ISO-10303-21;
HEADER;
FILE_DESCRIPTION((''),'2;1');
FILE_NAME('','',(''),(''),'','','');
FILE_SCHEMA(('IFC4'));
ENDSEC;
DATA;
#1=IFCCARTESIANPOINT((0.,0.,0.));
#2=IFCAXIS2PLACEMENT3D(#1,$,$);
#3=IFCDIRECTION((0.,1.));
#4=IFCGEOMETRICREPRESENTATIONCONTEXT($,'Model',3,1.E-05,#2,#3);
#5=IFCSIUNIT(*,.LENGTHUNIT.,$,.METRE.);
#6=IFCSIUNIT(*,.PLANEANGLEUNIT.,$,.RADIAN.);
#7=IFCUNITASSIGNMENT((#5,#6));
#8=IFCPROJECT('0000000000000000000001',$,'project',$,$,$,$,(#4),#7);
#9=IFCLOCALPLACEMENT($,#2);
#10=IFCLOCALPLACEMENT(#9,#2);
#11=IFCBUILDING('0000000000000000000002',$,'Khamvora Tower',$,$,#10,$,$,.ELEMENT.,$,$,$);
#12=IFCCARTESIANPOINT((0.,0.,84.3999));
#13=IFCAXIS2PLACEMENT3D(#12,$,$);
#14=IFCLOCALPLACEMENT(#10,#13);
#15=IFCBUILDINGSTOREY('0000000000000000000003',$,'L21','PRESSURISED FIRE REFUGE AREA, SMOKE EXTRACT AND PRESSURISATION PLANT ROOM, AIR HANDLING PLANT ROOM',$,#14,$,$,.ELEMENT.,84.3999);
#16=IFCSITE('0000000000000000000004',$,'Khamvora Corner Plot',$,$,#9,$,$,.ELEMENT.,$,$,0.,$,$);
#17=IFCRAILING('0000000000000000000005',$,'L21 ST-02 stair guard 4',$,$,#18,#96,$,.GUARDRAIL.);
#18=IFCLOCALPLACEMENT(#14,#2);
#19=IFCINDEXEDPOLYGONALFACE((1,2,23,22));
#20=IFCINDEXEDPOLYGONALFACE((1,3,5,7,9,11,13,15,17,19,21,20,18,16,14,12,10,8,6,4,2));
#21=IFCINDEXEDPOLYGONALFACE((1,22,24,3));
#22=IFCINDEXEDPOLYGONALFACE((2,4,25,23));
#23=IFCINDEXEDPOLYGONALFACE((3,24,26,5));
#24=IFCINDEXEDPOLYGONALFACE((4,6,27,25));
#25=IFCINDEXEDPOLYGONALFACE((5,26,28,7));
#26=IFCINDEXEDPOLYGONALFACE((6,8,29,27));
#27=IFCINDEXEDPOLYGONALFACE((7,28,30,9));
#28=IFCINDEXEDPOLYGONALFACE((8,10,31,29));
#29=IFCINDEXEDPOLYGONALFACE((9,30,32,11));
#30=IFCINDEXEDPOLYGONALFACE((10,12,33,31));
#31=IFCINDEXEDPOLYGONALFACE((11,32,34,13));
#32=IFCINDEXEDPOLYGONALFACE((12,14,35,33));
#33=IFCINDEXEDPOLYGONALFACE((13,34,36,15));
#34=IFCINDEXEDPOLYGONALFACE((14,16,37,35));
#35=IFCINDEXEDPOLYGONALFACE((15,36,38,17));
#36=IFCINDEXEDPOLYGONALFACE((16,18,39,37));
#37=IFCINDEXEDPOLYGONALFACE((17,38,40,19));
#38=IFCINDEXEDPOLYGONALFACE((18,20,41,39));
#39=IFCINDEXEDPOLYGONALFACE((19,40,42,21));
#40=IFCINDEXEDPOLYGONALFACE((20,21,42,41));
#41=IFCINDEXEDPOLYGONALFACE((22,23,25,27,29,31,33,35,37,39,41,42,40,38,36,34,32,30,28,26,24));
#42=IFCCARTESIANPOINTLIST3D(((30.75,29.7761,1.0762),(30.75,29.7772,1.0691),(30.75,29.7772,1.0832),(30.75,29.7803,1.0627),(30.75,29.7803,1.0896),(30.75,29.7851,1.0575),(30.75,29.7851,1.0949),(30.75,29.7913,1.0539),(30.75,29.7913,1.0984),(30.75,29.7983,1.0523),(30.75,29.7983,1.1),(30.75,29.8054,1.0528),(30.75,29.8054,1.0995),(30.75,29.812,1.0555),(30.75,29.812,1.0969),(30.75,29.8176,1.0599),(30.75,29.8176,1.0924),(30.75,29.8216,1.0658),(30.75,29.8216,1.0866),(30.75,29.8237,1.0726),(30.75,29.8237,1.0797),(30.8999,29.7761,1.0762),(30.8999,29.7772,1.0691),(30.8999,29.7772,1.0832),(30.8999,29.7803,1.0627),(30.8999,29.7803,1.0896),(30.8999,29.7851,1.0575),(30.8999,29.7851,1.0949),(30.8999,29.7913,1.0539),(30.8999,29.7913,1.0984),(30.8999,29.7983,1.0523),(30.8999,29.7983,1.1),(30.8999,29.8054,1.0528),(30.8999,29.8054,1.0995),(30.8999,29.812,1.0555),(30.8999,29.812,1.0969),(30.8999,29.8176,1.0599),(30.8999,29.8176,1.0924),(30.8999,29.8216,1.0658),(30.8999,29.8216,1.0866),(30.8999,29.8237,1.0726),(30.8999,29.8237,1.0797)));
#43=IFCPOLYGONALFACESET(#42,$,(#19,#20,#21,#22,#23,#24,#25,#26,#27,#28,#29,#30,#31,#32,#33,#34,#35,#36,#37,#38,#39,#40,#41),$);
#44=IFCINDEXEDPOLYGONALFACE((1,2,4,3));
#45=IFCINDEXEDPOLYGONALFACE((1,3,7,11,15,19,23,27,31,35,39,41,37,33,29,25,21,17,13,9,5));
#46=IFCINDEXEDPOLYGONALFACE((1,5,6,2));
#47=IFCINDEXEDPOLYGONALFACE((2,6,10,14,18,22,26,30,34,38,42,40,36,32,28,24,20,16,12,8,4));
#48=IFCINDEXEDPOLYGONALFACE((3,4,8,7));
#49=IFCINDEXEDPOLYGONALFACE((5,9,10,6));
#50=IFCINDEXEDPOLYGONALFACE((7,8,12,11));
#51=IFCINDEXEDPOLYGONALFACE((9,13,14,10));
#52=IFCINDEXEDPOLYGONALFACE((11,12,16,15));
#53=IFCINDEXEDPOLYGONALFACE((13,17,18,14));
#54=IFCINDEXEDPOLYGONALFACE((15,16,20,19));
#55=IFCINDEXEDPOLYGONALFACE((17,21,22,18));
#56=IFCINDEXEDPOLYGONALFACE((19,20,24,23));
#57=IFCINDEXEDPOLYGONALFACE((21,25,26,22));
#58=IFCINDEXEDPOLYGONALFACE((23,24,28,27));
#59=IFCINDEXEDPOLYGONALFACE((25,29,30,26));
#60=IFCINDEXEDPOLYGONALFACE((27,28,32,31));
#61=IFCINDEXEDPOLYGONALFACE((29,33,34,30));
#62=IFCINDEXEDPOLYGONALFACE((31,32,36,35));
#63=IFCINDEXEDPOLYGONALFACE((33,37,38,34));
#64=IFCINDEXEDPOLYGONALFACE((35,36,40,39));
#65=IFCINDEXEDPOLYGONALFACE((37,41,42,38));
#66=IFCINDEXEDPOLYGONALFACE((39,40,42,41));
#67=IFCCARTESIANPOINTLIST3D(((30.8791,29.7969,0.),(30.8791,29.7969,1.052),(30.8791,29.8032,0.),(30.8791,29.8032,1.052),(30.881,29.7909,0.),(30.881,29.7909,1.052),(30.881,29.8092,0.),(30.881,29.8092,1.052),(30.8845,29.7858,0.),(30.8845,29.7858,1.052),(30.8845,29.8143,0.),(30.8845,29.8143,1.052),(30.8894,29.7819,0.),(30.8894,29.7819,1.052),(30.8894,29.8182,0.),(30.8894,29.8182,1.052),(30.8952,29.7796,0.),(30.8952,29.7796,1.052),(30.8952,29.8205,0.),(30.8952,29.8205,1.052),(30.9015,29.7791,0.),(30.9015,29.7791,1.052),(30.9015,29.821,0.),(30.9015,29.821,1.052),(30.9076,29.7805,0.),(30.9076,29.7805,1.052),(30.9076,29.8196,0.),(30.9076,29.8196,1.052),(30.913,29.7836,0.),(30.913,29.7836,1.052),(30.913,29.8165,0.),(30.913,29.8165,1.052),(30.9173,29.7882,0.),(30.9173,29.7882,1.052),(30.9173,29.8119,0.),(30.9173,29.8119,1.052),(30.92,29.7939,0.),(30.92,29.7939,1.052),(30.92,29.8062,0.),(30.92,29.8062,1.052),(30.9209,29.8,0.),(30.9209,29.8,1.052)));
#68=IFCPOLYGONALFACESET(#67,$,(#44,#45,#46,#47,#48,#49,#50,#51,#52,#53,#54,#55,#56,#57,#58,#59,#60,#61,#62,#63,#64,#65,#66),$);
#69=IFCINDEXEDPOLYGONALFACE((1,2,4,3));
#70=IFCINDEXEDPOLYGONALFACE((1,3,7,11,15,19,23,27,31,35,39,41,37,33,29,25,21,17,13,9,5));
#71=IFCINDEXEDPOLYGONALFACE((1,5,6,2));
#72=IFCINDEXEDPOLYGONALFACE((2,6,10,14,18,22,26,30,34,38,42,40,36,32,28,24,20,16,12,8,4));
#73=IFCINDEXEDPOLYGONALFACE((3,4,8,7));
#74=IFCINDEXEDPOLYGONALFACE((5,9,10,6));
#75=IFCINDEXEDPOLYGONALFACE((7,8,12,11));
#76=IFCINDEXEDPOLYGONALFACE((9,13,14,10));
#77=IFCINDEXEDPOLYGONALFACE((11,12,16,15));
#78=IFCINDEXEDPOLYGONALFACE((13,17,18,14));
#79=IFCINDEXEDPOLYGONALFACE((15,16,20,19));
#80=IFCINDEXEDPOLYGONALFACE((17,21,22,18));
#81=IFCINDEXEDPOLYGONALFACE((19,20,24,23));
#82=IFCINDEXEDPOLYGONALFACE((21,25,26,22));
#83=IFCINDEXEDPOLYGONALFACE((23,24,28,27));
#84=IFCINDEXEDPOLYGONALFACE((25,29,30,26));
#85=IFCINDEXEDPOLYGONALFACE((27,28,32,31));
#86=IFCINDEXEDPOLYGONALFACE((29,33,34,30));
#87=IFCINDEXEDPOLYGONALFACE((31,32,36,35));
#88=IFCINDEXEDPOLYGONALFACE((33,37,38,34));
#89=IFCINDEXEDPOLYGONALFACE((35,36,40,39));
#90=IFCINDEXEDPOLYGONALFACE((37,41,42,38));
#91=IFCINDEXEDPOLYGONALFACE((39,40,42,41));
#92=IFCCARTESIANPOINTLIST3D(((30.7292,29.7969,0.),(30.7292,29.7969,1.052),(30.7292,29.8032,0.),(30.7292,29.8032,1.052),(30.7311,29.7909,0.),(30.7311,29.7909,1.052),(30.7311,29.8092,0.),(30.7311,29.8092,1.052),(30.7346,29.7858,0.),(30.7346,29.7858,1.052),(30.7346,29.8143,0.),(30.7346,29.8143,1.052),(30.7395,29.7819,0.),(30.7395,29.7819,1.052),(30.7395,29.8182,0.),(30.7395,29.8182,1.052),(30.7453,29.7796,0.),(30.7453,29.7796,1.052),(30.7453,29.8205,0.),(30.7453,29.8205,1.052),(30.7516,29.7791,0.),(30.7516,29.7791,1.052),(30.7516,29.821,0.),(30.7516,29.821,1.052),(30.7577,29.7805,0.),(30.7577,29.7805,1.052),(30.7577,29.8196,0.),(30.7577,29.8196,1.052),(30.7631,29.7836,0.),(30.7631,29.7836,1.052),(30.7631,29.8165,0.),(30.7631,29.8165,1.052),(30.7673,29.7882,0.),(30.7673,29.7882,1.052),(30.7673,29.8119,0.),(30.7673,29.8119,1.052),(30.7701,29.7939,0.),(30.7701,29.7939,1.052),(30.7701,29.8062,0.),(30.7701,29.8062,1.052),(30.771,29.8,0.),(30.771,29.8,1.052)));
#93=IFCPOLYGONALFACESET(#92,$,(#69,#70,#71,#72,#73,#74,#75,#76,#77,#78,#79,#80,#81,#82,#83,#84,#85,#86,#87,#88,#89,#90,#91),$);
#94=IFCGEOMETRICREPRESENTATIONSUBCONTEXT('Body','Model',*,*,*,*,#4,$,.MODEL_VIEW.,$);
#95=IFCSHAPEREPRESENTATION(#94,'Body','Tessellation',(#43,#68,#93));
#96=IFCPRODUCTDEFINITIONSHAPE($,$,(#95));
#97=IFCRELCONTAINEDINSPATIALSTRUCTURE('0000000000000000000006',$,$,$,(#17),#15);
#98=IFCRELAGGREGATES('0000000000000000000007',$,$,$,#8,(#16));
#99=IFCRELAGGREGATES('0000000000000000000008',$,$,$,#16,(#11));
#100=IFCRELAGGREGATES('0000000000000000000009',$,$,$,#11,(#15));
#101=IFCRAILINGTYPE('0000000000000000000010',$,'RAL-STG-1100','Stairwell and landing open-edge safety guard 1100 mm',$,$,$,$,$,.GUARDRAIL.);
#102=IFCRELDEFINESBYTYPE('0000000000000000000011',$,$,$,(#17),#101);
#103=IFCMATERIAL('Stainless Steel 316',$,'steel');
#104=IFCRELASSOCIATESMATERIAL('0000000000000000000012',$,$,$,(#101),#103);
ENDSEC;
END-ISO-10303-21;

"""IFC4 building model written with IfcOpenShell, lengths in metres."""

from ifc_helpers import new_model, si_unit, direction, frame, origin, origin_2d, place, context, subcontext, project, spatial, circle, extrude, material, type_object, element, save


model = new_model("IFC4")

# Units and contexts
model_context = context("Model", 3, precision=1e-05, world=origin(), true_north=direction((0.0, 1.0)))
body_context = subcontext(model_context, "Body", "Model", "MODEL_VIEW")
ifc_project = project(units=[si_unit("LENGTHUNIT", "METRE"), si_unit("PLANEANGLEUNIT", "RADIAN")], contexts=[model_context])

# Site, building, storey
site_placement = place(None, origin())
site = spatial("IfcSite", under=ifc_project, at=site_placement, Name="Khamvora Corner Plot", CompositionType="ELEMENT", RefElevation=0.0)
building_placement = place(site_placement, origin())
building = spatial("IfcBuilding", under=site, at=building_placement, Name="Khamvora Tower", CompositionType="ELEMENT")
storey_placement = place(building_placement, frame((0.0, 0.0, 84.3999)))
storey = spatial("IfcBuildingStorey", under=building, at=storey_placement, Name="L21", Description="PRESSURISED FIRE REFUGE AREA, SMOKE EXTRACT AND PRESSURISATION PLANT ROOM, AIR HANDLING PLANT ROOM", CompositionType="ELEMENT", Elevation=84.3999)

# Railing
ifc_material_1 = material(Name="Stainless Steel 316", Category="steel")
railing_type_1 = type_object("IfcRailingType", Name="RAL-STG-1100", Description="Stairwell and landing open-edge safety guard 1100 mm", PredefinedType="GUARDRAIL", material=ifc_material_1)
railing_1_placement = place(storey_placement, frame((30.8999, 29.8, 0.0)))
element("IfcRailing", 1, at=railing_1_placement, inside=storey, type_object=railing_type_1, Name="L21 ST-02 stair guard 4", PredefinedType="GUARDRAIL", context=body_context, shape_type="SweptSolid", body=[
    extrude(circle(Radius=0.0239, at=origin_2d()), frame((0.0, 0.0, 1.0762), z_axis=(-1.0, 0.0, 0.0), x_axis=(0.0, -1.0, 0.0)), (0.0, 0.0, 1.0), 0.1499),
    extrude(circle(Radius=0.021, at=origin_2d()), origin(), (0.0, 0.0, 1.0), 1.052),
    extrude(circle(Radius=0.021, at=origin_2d()), frame((-0.1499, 0.0, 0.0)), (0.0, 0.0, 1.0), 1.052),
])

save(model, "model.ifc")
